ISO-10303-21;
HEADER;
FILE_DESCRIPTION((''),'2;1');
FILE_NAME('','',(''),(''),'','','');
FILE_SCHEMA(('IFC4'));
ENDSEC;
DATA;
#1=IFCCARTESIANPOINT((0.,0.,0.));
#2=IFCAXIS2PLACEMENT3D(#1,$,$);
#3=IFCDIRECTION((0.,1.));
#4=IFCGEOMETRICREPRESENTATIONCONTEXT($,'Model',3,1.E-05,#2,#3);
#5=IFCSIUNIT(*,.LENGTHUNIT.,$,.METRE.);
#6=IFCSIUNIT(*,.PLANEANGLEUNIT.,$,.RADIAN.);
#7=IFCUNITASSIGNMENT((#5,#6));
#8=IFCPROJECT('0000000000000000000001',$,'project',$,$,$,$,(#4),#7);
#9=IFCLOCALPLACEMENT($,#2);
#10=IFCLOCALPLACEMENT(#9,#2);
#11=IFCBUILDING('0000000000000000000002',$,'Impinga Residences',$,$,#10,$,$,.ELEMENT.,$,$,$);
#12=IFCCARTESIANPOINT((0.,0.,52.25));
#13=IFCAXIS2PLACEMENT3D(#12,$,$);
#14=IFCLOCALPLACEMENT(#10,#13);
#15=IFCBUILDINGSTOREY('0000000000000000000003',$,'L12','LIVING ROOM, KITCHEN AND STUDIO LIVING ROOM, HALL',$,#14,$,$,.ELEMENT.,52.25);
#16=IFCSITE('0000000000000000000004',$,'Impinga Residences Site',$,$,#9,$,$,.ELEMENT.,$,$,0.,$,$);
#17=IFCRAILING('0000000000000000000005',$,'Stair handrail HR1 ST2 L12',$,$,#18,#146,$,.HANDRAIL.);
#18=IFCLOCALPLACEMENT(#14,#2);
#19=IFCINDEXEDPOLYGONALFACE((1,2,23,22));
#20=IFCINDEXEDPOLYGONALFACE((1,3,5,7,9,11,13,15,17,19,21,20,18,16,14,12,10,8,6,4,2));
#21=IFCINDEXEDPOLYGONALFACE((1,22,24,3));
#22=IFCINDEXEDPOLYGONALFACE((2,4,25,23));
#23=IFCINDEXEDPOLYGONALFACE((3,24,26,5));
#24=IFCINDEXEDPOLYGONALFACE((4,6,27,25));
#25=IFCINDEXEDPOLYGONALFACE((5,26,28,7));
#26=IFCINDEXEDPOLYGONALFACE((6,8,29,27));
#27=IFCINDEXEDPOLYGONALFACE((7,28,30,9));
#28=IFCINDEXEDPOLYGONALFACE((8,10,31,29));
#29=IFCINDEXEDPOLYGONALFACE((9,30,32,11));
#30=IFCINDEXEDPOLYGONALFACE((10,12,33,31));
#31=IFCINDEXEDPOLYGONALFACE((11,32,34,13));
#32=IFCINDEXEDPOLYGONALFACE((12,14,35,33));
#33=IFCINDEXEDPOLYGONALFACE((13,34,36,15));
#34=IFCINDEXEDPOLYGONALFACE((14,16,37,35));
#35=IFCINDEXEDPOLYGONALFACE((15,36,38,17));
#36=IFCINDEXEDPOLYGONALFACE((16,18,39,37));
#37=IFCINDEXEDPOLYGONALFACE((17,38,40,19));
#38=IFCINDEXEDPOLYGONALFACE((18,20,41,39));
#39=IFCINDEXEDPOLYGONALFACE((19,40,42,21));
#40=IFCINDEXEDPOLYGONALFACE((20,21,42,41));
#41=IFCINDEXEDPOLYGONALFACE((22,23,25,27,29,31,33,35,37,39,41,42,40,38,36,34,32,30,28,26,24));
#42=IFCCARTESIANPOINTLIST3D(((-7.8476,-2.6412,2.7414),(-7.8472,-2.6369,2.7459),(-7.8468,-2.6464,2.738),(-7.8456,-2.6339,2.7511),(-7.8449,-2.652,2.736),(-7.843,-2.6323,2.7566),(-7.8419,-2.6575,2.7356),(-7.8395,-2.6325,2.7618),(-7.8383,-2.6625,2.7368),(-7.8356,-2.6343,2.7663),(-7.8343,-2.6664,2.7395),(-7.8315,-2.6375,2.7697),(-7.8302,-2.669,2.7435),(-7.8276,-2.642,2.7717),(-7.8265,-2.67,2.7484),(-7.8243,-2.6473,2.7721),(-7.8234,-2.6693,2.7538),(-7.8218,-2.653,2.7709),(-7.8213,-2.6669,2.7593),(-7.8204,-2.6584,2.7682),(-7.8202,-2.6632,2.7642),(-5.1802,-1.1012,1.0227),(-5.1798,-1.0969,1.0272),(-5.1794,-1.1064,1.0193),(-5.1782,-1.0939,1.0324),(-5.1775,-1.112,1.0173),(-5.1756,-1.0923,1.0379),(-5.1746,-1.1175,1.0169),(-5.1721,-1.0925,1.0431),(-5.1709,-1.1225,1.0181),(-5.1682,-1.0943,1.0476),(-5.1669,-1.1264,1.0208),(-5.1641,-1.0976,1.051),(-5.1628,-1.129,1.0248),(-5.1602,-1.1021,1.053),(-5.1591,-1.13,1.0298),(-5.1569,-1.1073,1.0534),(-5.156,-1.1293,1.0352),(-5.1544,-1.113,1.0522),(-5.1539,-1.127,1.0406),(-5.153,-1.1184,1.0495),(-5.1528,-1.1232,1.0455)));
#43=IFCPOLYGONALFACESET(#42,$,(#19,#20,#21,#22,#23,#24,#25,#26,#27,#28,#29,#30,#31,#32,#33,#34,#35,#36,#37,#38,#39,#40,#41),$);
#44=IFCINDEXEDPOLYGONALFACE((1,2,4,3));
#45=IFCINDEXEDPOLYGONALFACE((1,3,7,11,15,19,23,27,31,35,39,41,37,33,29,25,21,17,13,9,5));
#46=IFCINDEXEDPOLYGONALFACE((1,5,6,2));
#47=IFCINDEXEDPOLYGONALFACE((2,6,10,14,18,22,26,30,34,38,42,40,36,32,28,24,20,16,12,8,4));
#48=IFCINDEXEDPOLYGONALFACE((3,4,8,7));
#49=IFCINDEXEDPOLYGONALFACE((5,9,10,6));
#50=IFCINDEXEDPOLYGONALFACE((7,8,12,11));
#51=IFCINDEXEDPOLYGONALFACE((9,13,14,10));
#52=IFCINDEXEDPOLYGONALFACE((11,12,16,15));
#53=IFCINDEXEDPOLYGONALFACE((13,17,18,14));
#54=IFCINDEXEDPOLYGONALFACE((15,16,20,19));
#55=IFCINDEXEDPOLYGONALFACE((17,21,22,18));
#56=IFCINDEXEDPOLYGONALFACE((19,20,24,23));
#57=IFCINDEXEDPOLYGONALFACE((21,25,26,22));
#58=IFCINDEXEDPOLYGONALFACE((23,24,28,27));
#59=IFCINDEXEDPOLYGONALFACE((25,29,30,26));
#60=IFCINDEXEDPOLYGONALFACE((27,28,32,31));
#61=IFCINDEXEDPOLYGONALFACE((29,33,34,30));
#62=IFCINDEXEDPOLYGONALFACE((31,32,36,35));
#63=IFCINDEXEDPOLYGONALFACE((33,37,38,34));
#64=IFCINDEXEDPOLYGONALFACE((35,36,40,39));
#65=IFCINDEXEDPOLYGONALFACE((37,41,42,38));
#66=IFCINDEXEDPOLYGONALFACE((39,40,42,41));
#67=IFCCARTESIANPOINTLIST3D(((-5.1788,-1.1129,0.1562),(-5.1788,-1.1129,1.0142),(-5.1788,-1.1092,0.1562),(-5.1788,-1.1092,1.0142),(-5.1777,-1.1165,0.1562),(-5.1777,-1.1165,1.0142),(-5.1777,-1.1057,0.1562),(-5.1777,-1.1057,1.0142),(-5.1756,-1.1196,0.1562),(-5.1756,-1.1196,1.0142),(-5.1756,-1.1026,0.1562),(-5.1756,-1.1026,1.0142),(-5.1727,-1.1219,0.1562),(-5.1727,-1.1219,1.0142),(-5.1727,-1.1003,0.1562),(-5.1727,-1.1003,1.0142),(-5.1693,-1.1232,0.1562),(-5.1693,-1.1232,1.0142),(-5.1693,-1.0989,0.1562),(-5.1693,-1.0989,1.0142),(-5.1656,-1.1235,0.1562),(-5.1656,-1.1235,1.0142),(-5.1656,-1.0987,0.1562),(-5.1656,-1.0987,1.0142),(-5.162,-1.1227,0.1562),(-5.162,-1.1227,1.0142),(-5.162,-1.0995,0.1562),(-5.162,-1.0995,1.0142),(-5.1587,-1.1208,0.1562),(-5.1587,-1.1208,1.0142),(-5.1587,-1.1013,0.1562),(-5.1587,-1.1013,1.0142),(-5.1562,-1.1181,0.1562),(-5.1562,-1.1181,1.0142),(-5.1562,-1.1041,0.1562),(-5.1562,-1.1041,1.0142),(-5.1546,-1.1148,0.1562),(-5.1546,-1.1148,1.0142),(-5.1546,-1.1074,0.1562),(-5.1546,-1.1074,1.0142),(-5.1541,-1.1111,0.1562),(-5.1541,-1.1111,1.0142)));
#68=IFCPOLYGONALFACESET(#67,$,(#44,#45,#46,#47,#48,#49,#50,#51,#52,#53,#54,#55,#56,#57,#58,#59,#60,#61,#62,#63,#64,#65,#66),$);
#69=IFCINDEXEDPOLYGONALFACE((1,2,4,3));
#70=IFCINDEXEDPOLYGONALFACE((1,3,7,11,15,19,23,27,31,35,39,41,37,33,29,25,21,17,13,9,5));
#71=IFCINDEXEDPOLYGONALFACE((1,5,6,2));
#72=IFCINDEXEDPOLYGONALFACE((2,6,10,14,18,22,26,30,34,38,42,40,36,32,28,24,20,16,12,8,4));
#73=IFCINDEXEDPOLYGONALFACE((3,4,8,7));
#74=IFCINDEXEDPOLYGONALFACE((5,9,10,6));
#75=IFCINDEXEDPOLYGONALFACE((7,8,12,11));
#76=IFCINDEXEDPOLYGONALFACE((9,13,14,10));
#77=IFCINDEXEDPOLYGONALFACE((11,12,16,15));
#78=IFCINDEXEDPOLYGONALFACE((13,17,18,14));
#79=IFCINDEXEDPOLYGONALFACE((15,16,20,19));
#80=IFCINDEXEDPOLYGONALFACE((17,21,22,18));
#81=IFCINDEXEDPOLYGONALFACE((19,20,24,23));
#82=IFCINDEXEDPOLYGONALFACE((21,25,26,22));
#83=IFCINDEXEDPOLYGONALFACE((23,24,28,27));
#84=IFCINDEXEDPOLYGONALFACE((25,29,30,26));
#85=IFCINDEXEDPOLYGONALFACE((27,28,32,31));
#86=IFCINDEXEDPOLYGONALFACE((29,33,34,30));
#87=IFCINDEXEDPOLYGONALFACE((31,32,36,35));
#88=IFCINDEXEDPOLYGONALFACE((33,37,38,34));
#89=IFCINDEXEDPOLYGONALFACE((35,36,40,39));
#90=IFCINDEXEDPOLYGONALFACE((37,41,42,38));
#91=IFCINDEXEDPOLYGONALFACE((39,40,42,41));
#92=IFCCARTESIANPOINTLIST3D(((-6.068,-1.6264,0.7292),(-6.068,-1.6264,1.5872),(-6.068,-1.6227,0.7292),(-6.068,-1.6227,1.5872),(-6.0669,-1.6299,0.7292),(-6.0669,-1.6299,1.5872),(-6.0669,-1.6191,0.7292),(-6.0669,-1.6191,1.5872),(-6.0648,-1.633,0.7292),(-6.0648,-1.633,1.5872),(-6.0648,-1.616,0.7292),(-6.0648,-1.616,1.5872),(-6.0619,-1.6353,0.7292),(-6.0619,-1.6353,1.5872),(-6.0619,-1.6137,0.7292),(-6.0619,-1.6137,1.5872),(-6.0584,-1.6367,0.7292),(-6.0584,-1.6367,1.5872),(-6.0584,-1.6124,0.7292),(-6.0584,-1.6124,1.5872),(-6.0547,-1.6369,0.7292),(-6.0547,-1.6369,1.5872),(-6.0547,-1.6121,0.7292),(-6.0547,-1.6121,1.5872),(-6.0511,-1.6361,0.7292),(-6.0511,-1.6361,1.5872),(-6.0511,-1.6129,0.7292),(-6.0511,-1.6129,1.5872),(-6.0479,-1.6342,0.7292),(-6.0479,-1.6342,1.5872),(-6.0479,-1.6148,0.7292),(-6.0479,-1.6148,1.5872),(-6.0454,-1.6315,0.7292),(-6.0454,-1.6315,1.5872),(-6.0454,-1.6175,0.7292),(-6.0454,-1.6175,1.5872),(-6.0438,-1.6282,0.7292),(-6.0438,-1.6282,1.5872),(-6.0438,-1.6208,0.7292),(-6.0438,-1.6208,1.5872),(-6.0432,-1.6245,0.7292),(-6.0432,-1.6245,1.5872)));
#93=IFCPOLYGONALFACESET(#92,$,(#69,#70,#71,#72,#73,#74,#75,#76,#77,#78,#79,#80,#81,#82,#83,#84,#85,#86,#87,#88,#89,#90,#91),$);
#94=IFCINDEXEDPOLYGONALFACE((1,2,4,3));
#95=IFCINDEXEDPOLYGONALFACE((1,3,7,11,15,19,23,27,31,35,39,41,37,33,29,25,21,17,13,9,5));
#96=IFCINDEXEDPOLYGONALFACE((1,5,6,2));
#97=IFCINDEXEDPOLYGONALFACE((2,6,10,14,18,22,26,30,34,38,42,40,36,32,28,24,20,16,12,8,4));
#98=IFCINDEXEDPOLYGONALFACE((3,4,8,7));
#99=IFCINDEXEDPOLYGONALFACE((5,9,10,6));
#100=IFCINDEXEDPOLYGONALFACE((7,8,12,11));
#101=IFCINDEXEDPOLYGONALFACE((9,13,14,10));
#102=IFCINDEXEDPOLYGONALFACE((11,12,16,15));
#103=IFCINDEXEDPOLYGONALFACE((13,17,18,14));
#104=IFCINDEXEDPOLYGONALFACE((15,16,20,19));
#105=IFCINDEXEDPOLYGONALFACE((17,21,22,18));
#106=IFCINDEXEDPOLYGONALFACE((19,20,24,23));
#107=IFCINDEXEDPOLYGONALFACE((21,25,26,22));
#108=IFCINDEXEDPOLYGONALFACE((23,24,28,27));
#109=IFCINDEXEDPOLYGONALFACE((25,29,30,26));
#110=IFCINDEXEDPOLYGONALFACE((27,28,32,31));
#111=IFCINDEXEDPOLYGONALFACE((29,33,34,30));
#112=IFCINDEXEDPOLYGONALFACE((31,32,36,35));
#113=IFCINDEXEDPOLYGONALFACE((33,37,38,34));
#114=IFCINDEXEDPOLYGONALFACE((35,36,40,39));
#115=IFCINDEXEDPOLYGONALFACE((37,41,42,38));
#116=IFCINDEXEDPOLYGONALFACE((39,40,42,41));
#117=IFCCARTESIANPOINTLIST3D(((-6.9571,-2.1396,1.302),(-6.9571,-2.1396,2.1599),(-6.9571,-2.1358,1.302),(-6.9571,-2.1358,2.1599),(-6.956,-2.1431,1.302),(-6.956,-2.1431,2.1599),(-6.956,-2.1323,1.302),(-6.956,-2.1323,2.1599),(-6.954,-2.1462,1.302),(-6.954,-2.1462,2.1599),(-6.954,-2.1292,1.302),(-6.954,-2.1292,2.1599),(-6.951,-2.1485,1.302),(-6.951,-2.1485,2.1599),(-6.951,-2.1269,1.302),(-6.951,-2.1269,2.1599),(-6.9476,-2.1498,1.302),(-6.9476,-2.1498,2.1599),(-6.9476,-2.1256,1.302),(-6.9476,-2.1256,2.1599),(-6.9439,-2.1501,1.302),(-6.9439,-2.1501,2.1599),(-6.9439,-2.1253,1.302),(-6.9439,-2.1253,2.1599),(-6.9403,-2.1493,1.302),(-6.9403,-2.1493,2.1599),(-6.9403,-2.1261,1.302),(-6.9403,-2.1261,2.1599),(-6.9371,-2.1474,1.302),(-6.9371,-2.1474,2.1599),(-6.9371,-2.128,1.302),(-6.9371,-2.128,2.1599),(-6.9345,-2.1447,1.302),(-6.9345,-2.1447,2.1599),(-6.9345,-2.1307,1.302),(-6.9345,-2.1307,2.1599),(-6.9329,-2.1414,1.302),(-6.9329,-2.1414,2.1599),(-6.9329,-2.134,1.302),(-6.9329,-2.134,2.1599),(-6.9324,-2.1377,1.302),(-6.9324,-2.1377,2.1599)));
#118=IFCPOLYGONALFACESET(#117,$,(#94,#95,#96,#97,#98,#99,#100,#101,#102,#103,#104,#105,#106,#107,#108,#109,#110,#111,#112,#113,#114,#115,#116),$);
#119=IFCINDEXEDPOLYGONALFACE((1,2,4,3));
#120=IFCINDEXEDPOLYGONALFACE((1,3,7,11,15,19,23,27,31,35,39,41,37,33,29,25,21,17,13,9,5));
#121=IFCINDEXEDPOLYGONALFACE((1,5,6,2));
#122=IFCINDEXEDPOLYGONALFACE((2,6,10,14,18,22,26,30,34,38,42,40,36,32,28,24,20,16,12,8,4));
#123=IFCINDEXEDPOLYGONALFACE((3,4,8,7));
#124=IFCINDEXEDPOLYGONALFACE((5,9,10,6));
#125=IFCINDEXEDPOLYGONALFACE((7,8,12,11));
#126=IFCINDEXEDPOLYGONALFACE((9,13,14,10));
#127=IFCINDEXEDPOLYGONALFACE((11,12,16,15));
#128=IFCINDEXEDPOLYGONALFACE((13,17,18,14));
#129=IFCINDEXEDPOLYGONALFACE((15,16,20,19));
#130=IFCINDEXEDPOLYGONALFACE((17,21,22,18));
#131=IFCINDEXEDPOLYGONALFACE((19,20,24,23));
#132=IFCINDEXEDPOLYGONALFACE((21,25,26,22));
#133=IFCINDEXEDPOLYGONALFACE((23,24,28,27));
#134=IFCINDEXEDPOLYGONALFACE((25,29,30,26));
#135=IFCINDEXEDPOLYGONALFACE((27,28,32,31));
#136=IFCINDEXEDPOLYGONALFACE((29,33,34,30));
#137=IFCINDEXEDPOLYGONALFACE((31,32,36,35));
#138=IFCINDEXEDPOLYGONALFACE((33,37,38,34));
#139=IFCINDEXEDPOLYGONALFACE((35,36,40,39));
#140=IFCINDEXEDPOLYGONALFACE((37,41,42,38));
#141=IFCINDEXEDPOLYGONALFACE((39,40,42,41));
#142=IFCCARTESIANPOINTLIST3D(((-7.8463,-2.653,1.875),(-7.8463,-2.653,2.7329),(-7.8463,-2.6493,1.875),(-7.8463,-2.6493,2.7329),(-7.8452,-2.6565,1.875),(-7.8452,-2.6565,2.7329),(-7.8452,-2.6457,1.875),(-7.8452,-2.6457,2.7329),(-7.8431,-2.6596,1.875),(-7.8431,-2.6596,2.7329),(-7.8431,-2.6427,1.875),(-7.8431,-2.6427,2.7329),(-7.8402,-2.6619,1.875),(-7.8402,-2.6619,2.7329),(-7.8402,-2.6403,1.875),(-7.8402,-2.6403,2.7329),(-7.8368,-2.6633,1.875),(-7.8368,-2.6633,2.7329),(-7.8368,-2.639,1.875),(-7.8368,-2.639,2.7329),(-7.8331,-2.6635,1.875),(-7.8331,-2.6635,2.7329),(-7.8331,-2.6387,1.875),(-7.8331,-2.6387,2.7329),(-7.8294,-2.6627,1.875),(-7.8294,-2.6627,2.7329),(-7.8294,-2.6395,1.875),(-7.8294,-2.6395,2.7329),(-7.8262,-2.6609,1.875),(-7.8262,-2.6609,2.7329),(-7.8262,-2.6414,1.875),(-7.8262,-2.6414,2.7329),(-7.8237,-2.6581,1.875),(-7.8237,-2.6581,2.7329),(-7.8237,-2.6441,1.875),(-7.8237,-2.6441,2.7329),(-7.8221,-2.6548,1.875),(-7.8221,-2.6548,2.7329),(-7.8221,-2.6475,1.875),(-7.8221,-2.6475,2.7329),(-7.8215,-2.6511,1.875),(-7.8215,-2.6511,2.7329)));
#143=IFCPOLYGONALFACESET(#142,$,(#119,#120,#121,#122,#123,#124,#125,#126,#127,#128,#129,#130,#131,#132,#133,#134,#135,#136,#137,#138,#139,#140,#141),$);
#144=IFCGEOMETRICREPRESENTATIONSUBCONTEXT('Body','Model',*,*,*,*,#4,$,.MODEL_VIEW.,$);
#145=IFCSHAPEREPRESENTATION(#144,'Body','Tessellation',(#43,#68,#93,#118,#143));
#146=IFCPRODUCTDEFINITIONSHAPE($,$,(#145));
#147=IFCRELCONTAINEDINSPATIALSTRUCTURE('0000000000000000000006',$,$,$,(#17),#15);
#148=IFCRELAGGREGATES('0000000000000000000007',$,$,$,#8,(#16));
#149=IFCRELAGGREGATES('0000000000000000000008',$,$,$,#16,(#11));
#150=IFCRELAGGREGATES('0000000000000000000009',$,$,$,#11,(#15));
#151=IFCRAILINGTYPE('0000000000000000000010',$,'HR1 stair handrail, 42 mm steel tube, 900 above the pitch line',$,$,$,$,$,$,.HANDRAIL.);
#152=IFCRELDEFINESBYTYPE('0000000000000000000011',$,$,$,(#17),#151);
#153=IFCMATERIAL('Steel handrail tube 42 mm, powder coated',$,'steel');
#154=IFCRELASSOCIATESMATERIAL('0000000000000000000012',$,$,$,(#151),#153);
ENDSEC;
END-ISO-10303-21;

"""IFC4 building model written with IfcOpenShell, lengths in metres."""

from ifc_helpers import new_model, si_unit, direction, frame, origin, origin_2d, place, context, subcontext, project, spatial, circle, extrude, material, type_object, element, save


model = new_model("IFC4")

# Units and contexts
model_context = context("Model", 3, precision=1e-05, world=origin(), true_north=direction((0.0, 1.0)))
body_context = subcontext(model_context, "Body", "Model", "MODEL_VIEW")
ifc_project = project(units=[si_unit("LENGTHUNIT", "METRE"), si_unit("PLANEANGLEUNIT", "RADIAN")], contexts=[model_context])

# Site, building, storey
site_placement = place(None, origin())
site = spatial("IfcSite", under=ifc_project, at=site_placement, Name="Impinga Residences Site", CompositionType="ELEMENT", RefElevation=0.0)
building_placement = place(site_placement, origin())
building = spatial("IfcBuilding", under=site, at=building_placement, Name="Impinga Residences", CompositionType="ELEMENT")
storey_placement = place(building_placement, frame((0.0, 0.0, 52.25)))
storey = spatial("IfcBuildingStorey", under=building, at=storey_placement, Name="L12", Description="LIVING ROOM, KITCHEN AND STUDIO LIVING ROOM, HALL", CompositionType="ELEMENT", Elevation=52.25)

# Railing
ifc_material_1 = material(Name="Steel handrail tube 42 mm, powder coated", Category="steel")
railing_type = type_object("IfcRailingType", Name="HR1 stair handrail, 42 mm steel tube, 900 above the pitch line", PredefinedType="HANDRAIL", material=ifc_material_1)
railing_placement = place(storey_placement, frame((-5.1665, -1.1111, 0.1562)))
element("IfcRailing", 1, at=railing_placement, inside=storey, type_object=railing_type, Name="Stair handrail HR1 ST2 L12", PredefinedType="HANDRAIL", context=body_context, shape_type="SweptSolid", body=[
    extrude(circle(Radius=0.021, at=origin_2d()), frame((0.0, 0.0, 0.8789), z_axis=(-0.756256, -0.436616, 0.487282), x_axis=(0.499992, -0.86603, 0.0)), (0.0, 0.0, 1.0), 3.5271),
    extrude(circle(Radius=0.0125, at=origin_2d()), origin(), (0.0, 0.0, 1.0), 0.8579),
    extrude(circle(Radius=0.0125, at=origin_2d()), frame((-0.8892, -0.5134, 0.573)), (0.0, 0.0, 1.0), 0.8579),
    extrude(circle(Radius=0.0125, at=origin_2d()), frame((-1.7783, -1.0266, 1.1458)), (0.0, 0.0, 1.0), 0.8579),
    extrude(circle(Radius=0.0125, at=origin_2d()), frame((-2.6675, -1.54, 1.7188)), (0.0, 0.0, 1.0), 0.8579),
])

save(model, "model.ifc")
